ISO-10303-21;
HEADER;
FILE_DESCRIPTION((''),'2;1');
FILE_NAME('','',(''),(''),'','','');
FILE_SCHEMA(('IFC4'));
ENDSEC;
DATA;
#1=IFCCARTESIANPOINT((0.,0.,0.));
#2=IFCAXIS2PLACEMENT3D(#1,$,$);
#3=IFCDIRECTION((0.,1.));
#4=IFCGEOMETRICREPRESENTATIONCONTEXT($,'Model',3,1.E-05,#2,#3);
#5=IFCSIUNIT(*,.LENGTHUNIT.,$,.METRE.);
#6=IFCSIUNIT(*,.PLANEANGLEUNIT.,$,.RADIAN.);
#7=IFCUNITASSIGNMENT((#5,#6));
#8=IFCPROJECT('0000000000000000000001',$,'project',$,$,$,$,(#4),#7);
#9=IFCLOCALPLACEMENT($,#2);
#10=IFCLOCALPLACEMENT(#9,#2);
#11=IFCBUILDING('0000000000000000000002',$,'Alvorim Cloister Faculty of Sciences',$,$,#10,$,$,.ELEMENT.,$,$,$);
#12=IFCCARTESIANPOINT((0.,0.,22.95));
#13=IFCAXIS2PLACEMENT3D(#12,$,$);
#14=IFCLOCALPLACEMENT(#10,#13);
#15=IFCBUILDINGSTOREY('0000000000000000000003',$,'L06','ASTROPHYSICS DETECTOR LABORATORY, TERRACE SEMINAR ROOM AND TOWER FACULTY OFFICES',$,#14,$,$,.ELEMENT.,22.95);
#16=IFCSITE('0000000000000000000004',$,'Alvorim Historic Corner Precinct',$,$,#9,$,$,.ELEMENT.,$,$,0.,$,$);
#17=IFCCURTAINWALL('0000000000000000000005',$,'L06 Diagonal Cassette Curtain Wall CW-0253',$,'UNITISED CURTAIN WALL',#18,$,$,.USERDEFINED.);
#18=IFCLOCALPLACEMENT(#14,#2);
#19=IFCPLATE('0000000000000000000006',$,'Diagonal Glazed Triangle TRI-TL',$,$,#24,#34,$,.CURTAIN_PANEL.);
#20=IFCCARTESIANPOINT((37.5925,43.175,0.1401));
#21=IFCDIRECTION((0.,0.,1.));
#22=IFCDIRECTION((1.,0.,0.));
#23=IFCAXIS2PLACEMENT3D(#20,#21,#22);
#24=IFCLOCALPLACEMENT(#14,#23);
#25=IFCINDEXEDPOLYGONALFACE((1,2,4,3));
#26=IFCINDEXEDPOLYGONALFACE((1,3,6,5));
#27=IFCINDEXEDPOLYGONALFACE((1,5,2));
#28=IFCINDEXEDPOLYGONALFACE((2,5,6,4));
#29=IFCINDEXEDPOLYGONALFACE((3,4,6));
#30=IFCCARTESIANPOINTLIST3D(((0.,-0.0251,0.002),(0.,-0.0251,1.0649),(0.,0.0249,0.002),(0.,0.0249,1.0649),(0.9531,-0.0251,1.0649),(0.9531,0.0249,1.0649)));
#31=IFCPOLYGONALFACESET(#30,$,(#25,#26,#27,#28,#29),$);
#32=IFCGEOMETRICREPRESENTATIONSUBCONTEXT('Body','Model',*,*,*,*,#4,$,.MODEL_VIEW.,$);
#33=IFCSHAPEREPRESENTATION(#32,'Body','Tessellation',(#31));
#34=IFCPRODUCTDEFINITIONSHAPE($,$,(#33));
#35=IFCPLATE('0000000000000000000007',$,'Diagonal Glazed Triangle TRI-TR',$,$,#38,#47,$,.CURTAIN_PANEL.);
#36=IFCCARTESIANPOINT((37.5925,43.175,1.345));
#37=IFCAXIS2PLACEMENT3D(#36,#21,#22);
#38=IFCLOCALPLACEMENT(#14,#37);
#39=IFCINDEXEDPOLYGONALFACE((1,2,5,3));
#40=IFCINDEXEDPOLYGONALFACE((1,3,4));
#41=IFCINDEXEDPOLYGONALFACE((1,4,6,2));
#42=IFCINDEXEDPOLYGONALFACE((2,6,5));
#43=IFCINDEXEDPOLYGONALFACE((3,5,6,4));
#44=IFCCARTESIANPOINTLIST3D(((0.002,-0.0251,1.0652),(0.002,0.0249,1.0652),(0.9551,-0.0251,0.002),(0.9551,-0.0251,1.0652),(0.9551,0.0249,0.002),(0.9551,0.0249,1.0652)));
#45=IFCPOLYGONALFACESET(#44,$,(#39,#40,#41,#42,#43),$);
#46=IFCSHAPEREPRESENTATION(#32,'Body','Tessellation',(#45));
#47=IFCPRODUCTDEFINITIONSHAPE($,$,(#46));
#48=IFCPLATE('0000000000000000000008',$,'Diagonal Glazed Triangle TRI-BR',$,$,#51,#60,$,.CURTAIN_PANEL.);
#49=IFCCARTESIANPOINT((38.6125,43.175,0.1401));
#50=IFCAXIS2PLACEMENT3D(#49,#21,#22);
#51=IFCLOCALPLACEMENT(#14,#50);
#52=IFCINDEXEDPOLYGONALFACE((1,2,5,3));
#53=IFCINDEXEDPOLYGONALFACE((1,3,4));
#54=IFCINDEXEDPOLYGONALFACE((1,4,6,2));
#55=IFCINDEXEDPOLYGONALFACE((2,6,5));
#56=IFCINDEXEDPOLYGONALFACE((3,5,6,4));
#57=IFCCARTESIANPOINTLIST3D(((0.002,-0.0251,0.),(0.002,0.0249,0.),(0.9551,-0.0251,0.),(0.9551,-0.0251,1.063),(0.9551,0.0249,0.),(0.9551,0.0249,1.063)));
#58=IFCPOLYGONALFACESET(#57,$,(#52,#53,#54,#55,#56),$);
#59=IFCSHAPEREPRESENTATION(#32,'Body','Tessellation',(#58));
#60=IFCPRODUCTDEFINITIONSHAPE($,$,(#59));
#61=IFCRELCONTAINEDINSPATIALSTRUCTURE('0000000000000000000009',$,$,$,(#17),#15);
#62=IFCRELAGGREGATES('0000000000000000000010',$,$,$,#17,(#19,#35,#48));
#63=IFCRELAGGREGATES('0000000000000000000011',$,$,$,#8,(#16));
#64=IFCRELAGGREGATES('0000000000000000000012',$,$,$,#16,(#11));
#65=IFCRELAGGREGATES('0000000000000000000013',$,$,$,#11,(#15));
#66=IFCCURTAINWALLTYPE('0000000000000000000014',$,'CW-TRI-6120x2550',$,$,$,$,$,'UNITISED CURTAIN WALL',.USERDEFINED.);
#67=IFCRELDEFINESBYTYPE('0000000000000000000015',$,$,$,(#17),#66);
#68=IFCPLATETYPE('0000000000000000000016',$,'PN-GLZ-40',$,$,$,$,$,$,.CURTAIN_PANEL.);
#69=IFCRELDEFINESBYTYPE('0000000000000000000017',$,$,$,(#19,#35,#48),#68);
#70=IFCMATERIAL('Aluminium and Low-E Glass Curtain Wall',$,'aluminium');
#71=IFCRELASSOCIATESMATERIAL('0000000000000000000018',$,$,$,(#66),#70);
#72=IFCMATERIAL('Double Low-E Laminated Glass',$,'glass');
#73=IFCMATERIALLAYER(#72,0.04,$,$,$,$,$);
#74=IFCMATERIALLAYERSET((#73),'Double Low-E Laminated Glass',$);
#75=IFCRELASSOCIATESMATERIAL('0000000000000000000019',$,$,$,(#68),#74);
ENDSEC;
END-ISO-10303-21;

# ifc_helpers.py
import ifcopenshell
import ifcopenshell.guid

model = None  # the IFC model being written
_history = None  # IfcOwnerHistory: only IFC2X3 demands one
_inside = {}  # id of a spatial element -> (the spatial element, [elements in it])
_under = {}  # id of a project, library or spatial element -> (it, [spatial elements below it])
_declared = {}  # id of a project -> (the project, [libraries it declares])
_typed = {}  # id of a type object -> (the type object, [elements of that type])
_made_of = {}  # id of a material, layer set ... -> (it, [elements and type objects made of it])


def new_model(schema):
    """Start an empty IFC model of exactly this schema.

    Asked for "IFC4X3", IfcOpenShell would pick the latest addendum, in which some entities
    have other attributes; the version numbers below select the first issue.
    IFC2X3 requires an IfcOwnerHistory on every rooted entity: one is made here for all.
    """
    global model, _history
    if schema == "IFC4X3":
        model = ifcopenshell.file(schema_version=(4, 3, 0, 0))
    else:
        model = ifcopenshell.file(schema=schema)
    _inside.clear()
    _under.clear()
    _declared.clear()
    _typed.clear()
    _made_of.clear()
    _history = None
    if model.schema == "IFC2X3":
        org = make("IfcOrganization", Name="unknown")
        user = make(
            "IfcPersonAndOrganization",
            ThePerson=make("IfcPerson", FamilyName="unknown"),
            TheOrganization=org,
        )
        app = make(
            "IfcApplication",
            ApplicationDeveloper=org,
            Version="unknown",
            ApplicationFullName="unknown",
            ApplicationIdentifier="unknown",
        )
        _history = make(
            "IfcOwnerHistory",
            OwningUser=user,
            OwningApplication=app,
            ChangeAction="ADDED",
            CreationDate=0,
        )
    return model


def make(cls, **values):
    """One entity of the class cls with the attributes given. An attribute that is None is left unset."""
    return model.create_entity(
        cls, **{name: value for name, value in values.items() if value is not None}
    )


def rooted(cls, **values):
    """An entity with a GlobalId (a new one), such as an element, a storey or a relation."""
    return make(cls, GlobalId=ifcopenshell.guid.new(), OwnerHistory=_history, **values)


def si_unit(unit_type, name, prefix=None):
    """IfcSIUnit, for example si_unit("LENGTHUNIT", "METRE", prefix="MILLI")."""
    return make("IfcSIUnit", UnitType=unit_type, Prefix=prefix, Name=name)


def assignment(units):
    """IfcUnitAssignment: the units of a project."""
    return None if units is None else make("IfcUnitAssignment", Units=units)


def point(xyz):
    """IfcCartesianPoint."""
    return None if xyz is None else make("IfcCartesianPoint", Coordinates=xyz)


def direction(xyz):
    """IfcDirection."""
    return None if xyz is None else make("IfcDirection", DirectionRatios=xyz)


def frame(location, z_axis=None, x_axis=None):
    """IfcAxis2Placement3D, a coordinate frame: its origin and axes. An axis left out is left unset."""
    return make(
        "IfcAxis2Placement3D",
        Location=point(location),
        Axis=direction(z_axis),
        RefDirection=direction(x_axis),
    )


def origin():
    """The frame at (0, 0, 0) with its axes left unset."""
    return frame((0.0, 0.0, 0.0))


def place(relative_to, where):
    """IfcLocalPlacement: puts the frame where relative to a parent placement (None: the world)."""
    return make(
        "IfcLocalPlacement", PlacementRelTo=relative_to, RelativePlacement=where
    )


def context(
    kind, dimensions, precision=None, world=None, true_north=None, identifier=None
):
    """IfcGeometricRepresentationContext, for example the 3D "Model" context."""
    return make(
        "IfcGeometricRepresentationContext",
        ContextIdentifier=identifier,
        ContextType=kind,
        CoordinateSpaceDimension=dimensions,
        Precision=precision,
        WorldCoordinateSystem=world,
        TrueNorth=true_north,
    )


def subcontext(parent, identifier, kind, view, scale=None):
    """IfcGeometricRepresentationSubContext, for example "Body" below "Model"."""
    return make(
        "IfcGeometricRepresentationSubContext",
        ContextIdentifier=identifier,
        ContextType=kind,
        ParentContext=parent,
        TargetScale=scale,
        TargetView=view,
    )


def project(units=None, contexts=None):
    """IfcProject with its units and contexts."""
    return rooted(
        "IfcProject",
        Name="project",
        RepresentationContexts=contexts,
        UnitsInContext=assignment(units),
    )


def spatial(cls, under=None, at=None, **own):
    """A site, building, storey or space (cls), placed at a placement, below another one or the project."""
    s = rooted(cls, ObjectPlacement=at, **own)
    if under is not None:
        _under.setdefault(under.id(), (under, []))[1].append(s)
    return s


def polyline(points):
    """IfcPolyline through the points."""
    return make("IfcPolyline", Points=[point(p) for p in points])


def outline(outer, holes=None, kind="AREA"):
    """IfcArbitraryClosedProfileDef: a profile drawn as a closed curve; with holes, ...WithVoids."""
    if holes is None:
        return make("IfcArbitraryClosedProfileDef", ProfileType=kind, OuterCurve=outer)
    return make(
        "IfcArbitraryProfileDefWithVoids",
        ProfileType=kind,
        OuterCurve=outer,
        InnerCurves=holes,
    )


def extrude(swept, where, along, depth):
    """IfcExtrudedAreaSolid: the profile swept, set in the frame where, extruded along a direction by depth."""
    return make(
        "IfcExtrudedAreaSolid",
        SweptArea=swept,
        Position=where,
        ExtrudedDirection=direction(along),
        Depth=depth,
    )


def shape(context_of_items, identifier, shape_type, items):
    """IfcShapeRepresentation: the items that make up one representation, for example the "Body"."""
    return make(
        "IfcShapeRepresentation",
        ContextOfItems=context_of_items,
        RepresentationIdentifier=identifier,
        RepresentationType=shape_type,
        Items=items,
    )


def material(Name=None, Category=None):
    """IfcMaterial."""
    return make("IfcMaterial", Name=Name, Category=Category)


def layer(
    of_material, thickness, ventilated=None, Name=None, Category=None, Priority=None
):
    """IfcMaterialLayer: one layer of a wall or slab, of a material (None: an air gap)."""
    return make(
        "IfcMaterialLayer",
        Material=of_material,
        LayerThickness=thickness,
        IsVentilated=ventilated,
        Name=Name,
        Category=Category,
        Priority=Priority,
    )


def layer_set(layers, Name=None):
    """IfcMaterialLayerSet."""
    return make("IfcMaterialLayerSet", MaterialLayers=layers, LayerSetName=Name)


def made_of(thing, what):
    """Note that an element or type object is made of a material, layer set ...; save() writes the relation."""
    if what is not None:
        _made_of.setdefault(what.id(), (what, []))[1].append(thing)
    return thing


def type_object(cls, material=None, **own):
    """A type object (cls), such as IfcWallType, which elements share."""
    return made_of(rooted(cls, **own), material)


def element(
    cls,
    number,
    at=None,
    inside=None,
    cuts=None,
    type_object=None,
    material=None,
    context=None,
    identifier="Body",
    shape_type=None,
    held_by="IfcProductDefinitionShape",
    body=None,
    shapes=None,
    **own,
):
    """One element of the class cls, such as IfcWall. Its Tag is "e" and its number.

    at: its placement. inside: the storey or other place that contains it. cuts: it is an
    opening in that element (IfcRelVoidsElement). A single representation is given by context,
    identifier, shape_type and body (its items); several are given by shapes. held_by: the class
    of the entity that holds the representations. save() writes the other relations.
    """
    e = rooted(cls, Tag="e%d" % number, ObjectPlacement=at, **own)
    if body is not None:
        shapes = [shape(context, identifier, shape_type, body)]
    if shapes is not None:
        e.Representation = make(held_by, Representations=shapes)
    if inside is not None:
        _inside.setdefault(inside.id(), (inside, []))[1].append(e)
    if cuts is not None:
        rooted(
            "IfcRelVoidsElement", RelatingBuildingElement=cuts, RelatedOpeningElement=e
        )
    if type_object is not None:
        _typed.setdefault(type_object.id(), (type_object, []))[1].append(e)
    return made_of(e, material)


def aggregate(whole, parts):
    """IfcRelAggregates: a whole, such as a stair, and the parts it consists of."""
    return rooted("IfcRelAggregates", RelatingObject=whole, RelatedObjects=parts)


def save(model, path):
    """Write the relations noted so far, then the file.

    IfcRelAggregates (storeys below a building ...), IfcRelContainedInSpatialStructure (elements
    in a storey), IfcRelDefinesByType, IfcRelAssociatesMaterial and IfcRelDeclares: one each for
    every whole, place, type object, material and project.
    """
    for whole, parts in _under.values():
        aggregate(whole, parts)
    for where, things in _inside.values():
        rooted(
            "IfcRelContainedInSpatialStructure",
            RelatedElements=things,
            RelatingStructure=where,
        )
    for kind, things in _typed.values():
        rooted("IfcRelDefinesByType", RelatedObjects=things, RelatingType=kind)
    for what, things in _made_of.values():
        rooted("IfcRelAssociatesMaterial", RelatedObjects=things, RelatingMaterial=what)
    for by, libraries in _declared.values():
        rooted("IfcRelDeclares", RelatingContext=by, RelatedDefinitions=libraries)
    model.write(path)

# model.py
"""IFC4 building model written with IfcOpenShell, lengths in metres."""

from ifc_helpers import new_model, si_unit, direction, frame, origin, place, context, subcontext, project, spatial, polyline, outline, extrude, material, layer, layer_set, type_object, element, aggregate, save


model = new_model("IFC4")

# Units and contexts
model_context = context("Model", 3, precision=1e-05, world=origin(), true_north=direction((0.0, 1.0)))
body_context = subcontext(model_context, "Body", "Model", "MODEL_VIEW")
ifc_project = project(units=[si_unit("LENGTHUNIT", "METRE"), si_unit("PLANEANGLEUNIT", "RADIAN")], contexts=[model_context])

# Site, building, storey
site_placement = place(None, origin())
site = spatial("IfcSite", under=ifc_project, at=site_placement, Name="Alvorim Historic Corner Precinct", CompositionType="ELEMENT", RefElevation=0.0)
building_placement = place(site_placement, origin())
building = spatial("IfcBuilding", under=site, at=building_placement, Name="Alvorim Cloister Faculty of Sciences", CompositionType="ELEMENT")
storey_placement = place(building_placement, frame((0.0, 0.0, 22.95)))
storey = spatial("IfcBuildingStorey", under=building, at=storey_placement, Name="L06", Description="ASTROPHYSICS DETECTOR LABORATORY, TERRACE SEMINAR ROOM AND TOWER FACULTY OFFICES", CompositionType="ELEMENT", Elevation=22.95)

# Curtain wall, plates
ifc_material_1 = material(Name="Aluminium and Low-E Glass Curtain Wall", Category="aluminium")
curtain_wall_type = type_object("IfcCurtainWallType", Name="CW-TRI-6120x2550", ElementType="UNITISED CURTAIN WALL", PredefinedType="USERDEFINED", material=ifc_material_1)
curtain_wall_placement = place(storey_placement, origin())
curtain_wall = element("IfcCurtainWall", 1, at=curtain_wall_placement, inside=storey, type_object=curtain_wall_type, Name="L06 Diagonal Cassette Curtain Wall CW-0253", ObjectType="UNITISED CURTAIN WALL", PredefinedType="USERDEFINED")
ifc_material_2 = material(Name="Double Low-E Laminated Glass", Category="glass")
ifc_layer = layer(ifc_material_2, 0.04)
ifc_layer_set = layer_set([ifc_layer], Name="Double Low-E Laminated Glass")
plate_type = type_object("IfcPlateType", Name="PN-GLZ-40", PredefinedType="CURTAIN_PANEL", material=ifc_layer_set)
plate_1_placement = place(storey_placement, frame((37.5925, 43.175, 0.1401), z_axis=(0.0, 0.0, 1.0), x_axis=(1.0, 0.0, 0.0)))
plate_1 = element("IfcPlate", 2, at=plate_1_placement, type_object=plate_type, Name="Diagonal Glazed Triangle TRI-TL", PredefinedType="CURTAIN_PANEL", context=body_context, shape_type="SweptSolid", body=[
    extrude(outline(polyline([(0.9531, 1.0649), (0.0, 1.0649), (0.0, 0.002), (0.9531, 1.0649)])), frame((0.0, 0.0249, 0.0), z_axis=(0.0, -1.0, 0.0), x_axis=(1.0, 0.0, 0.0)), (0.0, 0.0, 1.0), 0.05),
])
plate_2_placement = place(storey_placement, frame((37.5925, 43.175, 1.345), z_axis=(0.0, 0.0, 1.0), x_axis=(1.0, 0.0, 0.0)))
plate_2 = element("IfcPlate", 3, at=plate_2_placement, type_object=plate_type, Name="Diagonal Glazed Triangle TRI-TR", PredefinedType="CURTAIN_PANEL", context=body_context, shape_type="SweptSolid", body=[
    extrude(outline(polyline([(0.9551, 0.002), (0.9551, 1.0652), (0.002, 1.0652), (0.9551, 0.002)])), frame((0.0, 0.0249, 0.0), z_axis=(0.0, -1.0, 0.0), x_axis=(1.0, 0.0, 0.0)), (0.0, 0.0, 1.0), 0.05),
])
plate_3_placement = place(storey_placement, frame((38.6125, 43.175, 0.1401), z_axis=(0.0, 0.0, 1.0), x_axis=(1.0, 0.0, 0.0)))
plate_3 = element("IfcPlate", 4, at=plate_3_placement, type_object=plate_type, Name="Diagonal Glazed Triangle TRI-BR", PredefinedType="CURTAIN_PANEL", context=body_context, shape_type="SweptSolid", body=[
    extrude(outline(polyline([(0.002, 0.0), (0.9551, 0.0), (0.9551, 1.063), (0.002, 0.0)])), frame((0.0, 0.0249, 0.0), z_axis=(0.0, -1.0, 0.0), x_axis=(1.0, 0.0, 0.0)), (0.0, 0.0, 1.0), 0.05),
])
aggregate(curtain_wall, [plate_1, plate_2, plate_3])

save(model, "model.ifc")
